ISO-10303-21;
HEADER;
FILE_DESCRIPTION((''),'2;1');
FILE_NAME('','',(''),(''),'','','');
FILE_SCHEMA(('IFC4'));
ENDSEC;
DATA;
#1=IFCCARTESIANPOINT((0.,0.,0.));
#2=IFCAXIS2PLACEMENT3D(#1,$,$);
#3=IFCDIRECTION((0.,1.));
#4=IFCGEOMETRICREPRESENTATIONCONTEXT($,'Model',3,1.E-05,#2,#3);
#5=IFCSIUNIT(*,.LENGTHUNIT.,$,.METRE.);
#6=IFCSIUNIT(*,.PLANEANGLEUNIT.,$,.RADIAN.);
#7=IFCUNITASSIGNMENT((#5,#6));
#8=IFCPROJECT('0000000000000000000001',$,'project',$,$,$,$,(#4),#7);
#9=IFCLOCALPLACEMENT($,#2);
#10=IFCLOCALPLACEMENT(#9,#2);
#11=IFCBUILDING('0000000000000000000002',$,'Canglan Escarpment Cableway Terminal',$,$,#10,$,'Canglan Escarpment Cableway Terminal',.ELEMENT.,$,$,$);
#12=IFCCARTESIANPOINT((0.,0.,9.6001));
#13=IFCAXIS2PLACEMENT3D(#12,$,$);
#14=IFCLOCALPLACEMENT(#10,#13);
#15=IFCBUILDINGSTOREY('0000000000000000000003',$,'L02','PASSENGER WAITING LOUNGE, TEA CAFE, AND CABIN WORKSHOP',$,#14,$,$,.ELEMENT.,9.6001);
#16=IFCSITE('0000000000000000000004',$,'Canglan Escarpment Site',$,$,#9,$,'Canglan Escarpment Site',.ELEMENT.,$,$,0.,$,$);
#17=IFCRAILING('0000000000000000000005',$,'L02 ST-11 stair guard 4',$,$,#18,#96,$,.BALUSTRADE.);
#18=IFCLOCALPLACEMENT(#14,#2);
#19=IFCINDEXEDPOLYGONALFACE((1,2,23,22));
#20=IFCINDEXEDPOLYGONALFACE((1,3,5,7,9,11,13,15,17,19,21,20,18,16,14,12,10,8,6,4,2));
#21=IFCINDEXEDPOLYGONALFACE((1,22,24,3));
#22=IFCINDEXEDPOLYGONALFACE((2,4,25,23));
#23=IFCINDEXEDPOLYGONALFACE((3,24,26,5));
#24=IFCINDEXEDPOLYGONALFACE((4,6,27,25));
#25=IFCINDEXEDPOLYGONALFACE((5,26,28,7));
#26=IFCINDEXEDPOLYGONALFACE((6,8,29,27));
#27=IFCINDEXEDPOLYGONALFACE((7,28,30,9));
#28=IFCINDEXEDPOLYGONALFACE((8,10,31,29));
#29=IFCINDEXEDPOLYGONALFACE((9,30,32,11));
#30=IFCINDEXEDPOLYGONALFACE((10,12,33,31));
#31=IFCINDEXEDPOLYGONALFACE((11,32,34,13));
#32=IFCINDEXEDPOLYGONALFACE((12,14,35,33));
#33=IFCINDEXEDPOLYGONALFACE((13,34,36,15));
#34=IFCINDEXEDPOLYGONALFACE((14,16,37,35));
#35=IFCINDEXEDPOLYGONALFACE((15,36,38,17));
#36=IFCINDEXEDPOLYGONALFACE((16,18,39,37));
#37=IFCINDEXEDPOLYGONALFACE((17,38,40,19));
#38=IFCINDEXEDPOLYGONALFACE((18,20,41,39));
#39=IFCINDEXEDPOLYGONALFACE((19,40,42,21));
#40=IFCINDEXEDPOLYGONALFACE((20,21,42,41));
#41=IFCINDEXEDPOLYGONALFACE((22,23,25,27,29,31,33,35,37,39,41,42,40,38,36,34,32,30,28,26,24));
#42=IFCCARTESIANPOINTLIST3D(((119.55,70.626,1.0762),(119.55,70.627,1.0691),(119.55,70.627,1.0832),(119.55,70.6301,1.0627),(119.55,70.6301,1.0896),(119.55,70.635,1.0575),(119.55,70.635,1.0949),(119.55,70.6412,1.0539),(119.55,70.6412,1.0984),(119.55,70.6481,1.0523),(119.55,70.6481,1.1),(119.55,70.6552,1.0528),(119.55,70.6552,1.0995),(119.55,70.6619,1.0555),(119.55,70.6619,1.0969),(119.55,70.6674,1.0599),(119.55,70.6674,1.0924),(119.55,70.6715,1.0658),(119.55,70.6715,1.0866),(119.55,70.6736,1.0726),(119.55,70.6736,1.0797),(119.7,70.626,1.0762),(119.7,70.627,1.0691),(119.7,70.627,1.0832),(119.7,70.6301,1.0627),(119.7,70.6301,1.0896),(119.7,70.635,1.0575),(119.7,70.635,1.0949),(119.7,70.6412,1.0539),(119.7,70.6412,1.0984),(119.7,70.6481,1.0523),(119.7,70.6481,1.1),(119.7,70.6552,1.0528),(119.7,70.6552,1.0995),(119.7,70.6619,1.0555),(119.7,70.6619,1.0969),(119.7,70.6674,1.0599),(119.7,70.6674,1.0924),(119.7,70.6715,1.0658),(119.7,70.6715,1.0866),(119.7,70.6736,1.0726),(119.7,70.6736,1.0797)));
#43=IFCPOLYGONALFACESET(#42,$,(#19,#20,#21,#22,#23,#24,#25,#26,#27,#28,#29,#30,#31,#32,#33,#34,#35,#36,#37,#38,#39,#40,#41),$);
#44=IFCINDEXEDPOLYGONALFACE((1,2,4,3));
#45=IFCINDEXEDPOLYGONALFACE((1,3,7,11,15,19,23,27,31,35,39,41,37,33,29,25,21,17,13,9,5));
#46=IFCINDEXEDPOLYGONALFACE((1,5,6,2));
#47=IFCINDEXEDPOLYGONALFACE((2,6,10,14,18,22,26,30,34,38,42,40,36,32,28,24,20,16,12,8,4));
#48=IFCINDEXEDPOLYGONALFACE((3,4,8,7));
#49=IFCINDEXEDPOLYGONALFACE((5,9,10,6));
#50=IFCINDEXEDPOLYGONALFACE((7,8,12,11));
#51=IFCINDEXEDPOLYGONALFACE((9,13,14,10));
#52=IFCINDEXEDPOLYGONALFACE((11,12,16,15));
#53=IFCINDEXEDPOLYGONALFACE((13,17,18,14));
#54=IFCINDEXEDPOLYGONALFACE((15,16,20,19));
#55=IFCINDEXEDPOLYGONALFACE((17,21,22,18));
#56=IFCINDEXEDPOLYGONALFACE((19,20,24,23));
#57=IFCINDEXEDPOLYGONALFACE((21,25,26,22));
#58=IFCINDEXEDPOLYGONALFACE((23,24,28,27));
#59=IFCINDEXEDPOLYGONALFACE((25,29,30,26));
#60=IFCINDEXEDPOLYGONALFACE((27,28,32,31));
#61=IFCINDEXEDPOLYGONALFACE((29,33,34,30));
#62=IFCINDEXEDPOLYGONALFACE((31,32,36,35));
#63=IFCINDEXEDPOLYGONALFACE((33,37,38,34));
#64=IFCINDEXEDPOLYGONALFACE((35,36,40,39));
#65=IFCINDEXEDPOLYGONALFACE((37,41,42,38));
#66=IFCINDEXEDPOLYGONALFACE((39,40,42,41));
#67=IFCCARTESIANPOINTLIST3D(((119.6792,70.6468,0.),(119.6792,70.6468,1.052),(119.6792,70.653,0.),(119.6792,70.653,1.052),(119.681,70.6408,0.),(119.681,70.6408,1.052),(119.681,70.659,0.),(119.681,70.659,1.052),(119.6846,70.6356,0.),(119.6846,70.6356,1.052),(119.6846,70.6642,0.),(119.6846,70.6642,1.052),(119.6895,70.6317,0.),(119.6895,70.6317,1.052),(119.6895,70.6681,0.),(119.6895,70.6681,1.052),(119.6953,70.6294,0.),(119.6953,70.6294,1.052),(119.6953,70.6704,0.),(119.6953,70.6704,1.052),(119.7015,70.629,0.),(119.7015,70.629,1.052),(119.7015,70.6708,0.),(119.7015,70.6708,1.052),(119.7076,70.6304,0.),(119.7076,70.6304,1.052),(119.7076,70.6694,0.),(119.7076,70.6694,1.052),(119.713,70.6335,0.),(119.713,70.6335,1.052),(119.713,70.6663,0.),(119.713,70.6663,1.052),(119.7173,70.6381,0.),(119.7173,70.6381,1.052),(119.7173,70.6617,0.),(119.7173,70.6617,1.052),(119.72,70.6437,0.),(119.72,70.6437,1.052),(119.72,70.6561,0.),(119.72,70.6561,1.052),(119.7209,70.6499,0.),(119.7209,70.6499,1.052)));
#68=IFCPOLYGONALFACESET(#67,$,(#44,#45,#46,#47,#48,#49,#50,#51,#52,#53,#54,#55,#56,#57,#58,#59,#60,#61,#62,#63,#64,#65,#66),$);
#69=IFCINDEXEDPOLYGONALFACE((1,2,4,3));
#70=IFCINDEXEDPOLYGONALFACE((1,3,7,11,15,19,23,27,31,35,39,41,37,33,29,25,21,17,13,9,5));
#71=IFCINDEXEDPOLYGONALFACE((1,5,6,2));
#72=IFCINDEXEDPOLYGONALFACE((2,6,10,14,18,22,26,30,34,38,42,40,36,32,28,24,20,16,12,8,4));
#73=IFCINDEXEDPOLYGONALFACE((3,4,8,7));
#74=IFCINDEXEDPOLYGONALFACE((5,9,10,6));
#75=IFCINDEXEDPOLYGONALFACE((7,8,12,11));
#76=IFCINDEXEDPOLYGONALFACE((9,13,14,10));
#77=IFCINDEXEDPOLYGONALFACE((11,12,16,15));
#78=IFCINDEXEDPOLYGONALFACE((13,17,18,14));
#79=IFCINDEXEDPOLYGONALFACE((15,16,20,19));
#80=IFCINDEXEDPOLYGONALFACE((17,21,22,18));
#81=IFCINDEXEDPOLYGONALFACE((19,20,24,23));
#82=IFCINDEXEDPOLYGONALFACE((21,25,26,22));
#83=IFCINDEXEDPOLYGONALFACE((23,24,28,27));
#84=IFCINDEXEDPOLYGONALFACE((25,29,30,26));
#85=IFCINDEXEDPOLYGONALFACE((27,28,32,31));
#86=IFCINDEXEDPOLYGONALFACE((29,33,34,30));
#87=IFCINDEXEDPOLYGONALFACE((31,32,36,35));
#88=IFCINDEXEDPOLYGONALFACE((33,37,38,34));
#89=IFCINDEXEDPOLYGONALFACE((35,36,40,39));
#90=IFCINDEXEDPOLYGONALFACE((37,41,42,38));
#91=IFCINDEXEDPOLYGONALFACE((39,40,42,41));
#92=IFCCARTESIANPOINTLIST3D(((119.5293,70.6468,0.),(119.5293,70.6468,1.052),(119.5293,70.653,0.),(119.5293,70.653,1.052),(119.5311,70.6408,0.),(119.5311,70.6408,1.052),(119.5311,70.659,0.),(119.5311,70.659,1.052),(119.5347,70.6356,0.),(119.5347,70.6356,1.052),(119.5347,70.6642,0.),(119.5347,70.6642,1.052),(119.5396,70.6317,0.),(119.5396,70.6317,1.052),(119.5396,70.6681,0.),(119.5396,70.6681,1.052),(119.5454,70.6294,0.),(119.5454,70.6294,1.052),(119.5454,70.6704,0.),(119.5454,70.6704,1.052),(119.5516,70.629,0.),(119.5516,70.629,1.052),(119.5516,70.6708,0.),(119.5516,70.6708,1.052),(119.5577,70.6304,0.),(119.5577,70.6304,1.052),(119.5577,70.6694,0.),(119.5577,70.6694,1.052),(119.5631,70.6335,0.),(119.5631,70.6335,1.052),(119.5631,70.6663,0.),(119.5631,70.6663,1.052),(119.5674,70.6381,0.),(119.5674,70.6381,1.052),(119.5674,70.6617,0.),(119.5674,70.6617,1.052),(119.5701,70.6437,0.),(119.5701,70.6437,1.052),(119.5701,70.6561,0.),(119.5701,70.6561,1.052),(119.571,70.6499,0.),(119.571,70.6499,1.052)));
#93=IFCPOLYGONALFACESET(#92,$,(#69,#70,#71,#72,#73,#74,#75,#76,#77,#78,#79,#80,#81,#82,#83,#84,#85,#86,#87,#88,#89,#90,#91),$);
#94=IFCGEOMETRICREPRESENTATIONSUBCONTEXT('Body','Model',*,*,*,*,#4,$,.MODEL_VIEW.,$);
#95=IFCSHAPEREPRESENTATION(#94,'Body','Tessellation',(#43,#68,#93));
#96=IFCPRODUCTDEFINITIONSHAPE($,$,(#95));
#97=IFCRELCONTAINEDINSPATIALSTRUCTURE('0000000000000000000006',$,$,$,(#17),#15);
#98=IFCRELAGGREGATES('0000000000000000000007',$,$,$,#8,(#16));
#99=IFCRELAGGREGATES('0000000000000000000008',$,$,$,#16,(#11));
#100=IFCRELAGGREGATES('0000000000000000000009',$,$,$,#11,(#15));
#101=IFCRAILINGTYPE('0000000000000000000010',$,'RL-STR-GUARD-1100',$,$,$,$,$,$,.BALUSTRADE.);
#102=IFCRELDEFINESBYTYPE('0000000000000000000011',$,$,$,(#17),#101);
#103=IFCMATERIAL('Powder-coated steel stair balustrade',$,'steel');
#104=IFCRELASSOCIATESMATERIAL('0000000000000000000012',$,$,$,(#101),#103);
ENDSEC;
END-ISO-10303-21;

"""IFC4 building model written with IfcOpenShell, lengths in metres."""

from ifc_helpers import new_model, si_unit, direction, frame, origin, origin_2d, place, context, subcontext, project, spatial, circle, extrude, material, type_object, element, save


model = new_model("IFC4")

# Units and contexts
model_context = context("Model", 3, precision=1e-05, world=origin(), true_north=direction((0.0, 1.0)))
body_context = subcontext(model_context, "Body", "Model", "MODEL_VIEW")
ifc_project = project(units=[si_unit("LENGTHUNIT", "METRE"), si_unit("PLANEANGLEUNIT", "RADIAN")], contexts=[model_context])

# Site, building, storey
site_placement = place(None, origin())
site = spatial("IfcSite", under=ifc_project, at=site_placement, Name="Canglan Escarpment Site", LongName="Canglan Escarpment Site", CompositionType="ELEMENT", RefElevation=0.0)
building_placement = place(site_placement, origin())
building = spatial("IfcBuilding", under=site, at=building_placement, Name="Canglan Escarpment Cableway Terminal", LongName="Canglan Escarpment Cableway Terminal", CompositionType="ELEMENT")
storey_placement = place(building_placement, frame((0.0, 0.0, 9.6001)))
storey = spatial("IfcBuildingStorey", under=building, at=storey_placement, Name="L02", Description="PASSENGER WAITING LOUNGE, TEA CAFE, AND CABIN WORKSHOP", CompositionType="ELEMENT", Elevation=9.6001)

# Railing
ifc_material_1 = material(Name="Powder-coated steel stair balustrade", Category="steel")
railing_type_1 = type_object("IfcRailingType", Name="RL-STR-GUARD-1100", PredefinedType="BALUSTRADE", material=ifc_material_1)
railing_1_placement = place(storey_placement, frame((119.7, 70.6499, 0.0)))
element("IfcRailing", 1, at=railing_1_placement, inside=storey, type_object=railing_type_1, Name="L02 ST-11 stair guard 4", PredefinedType="BALUSTRADE", context=body_context, shape_type="SweptSolid", body=[
    extrude(circle(Radius=0.0239, at=origin_2d()), frame((0.0, 0.0, 1.0762), z_axis=(-1.0, 0.0, 0.0), x_axis=(0.0, -1.0, 0.0)), (0.0, 0.0, 1.0), 0.1499),
    extrude(circle(Radius=0.021, at=origin_2d()), origin(), (0.0, 0.0, 1.0), 1.052),
    extrude(circle(Radius=0.021, at=origin_2d()), frame((-0.1499, 0.0, 0.0)), (0.0, 0.0, 1.0), 1.052),
])

save(model, "model.ifc")
